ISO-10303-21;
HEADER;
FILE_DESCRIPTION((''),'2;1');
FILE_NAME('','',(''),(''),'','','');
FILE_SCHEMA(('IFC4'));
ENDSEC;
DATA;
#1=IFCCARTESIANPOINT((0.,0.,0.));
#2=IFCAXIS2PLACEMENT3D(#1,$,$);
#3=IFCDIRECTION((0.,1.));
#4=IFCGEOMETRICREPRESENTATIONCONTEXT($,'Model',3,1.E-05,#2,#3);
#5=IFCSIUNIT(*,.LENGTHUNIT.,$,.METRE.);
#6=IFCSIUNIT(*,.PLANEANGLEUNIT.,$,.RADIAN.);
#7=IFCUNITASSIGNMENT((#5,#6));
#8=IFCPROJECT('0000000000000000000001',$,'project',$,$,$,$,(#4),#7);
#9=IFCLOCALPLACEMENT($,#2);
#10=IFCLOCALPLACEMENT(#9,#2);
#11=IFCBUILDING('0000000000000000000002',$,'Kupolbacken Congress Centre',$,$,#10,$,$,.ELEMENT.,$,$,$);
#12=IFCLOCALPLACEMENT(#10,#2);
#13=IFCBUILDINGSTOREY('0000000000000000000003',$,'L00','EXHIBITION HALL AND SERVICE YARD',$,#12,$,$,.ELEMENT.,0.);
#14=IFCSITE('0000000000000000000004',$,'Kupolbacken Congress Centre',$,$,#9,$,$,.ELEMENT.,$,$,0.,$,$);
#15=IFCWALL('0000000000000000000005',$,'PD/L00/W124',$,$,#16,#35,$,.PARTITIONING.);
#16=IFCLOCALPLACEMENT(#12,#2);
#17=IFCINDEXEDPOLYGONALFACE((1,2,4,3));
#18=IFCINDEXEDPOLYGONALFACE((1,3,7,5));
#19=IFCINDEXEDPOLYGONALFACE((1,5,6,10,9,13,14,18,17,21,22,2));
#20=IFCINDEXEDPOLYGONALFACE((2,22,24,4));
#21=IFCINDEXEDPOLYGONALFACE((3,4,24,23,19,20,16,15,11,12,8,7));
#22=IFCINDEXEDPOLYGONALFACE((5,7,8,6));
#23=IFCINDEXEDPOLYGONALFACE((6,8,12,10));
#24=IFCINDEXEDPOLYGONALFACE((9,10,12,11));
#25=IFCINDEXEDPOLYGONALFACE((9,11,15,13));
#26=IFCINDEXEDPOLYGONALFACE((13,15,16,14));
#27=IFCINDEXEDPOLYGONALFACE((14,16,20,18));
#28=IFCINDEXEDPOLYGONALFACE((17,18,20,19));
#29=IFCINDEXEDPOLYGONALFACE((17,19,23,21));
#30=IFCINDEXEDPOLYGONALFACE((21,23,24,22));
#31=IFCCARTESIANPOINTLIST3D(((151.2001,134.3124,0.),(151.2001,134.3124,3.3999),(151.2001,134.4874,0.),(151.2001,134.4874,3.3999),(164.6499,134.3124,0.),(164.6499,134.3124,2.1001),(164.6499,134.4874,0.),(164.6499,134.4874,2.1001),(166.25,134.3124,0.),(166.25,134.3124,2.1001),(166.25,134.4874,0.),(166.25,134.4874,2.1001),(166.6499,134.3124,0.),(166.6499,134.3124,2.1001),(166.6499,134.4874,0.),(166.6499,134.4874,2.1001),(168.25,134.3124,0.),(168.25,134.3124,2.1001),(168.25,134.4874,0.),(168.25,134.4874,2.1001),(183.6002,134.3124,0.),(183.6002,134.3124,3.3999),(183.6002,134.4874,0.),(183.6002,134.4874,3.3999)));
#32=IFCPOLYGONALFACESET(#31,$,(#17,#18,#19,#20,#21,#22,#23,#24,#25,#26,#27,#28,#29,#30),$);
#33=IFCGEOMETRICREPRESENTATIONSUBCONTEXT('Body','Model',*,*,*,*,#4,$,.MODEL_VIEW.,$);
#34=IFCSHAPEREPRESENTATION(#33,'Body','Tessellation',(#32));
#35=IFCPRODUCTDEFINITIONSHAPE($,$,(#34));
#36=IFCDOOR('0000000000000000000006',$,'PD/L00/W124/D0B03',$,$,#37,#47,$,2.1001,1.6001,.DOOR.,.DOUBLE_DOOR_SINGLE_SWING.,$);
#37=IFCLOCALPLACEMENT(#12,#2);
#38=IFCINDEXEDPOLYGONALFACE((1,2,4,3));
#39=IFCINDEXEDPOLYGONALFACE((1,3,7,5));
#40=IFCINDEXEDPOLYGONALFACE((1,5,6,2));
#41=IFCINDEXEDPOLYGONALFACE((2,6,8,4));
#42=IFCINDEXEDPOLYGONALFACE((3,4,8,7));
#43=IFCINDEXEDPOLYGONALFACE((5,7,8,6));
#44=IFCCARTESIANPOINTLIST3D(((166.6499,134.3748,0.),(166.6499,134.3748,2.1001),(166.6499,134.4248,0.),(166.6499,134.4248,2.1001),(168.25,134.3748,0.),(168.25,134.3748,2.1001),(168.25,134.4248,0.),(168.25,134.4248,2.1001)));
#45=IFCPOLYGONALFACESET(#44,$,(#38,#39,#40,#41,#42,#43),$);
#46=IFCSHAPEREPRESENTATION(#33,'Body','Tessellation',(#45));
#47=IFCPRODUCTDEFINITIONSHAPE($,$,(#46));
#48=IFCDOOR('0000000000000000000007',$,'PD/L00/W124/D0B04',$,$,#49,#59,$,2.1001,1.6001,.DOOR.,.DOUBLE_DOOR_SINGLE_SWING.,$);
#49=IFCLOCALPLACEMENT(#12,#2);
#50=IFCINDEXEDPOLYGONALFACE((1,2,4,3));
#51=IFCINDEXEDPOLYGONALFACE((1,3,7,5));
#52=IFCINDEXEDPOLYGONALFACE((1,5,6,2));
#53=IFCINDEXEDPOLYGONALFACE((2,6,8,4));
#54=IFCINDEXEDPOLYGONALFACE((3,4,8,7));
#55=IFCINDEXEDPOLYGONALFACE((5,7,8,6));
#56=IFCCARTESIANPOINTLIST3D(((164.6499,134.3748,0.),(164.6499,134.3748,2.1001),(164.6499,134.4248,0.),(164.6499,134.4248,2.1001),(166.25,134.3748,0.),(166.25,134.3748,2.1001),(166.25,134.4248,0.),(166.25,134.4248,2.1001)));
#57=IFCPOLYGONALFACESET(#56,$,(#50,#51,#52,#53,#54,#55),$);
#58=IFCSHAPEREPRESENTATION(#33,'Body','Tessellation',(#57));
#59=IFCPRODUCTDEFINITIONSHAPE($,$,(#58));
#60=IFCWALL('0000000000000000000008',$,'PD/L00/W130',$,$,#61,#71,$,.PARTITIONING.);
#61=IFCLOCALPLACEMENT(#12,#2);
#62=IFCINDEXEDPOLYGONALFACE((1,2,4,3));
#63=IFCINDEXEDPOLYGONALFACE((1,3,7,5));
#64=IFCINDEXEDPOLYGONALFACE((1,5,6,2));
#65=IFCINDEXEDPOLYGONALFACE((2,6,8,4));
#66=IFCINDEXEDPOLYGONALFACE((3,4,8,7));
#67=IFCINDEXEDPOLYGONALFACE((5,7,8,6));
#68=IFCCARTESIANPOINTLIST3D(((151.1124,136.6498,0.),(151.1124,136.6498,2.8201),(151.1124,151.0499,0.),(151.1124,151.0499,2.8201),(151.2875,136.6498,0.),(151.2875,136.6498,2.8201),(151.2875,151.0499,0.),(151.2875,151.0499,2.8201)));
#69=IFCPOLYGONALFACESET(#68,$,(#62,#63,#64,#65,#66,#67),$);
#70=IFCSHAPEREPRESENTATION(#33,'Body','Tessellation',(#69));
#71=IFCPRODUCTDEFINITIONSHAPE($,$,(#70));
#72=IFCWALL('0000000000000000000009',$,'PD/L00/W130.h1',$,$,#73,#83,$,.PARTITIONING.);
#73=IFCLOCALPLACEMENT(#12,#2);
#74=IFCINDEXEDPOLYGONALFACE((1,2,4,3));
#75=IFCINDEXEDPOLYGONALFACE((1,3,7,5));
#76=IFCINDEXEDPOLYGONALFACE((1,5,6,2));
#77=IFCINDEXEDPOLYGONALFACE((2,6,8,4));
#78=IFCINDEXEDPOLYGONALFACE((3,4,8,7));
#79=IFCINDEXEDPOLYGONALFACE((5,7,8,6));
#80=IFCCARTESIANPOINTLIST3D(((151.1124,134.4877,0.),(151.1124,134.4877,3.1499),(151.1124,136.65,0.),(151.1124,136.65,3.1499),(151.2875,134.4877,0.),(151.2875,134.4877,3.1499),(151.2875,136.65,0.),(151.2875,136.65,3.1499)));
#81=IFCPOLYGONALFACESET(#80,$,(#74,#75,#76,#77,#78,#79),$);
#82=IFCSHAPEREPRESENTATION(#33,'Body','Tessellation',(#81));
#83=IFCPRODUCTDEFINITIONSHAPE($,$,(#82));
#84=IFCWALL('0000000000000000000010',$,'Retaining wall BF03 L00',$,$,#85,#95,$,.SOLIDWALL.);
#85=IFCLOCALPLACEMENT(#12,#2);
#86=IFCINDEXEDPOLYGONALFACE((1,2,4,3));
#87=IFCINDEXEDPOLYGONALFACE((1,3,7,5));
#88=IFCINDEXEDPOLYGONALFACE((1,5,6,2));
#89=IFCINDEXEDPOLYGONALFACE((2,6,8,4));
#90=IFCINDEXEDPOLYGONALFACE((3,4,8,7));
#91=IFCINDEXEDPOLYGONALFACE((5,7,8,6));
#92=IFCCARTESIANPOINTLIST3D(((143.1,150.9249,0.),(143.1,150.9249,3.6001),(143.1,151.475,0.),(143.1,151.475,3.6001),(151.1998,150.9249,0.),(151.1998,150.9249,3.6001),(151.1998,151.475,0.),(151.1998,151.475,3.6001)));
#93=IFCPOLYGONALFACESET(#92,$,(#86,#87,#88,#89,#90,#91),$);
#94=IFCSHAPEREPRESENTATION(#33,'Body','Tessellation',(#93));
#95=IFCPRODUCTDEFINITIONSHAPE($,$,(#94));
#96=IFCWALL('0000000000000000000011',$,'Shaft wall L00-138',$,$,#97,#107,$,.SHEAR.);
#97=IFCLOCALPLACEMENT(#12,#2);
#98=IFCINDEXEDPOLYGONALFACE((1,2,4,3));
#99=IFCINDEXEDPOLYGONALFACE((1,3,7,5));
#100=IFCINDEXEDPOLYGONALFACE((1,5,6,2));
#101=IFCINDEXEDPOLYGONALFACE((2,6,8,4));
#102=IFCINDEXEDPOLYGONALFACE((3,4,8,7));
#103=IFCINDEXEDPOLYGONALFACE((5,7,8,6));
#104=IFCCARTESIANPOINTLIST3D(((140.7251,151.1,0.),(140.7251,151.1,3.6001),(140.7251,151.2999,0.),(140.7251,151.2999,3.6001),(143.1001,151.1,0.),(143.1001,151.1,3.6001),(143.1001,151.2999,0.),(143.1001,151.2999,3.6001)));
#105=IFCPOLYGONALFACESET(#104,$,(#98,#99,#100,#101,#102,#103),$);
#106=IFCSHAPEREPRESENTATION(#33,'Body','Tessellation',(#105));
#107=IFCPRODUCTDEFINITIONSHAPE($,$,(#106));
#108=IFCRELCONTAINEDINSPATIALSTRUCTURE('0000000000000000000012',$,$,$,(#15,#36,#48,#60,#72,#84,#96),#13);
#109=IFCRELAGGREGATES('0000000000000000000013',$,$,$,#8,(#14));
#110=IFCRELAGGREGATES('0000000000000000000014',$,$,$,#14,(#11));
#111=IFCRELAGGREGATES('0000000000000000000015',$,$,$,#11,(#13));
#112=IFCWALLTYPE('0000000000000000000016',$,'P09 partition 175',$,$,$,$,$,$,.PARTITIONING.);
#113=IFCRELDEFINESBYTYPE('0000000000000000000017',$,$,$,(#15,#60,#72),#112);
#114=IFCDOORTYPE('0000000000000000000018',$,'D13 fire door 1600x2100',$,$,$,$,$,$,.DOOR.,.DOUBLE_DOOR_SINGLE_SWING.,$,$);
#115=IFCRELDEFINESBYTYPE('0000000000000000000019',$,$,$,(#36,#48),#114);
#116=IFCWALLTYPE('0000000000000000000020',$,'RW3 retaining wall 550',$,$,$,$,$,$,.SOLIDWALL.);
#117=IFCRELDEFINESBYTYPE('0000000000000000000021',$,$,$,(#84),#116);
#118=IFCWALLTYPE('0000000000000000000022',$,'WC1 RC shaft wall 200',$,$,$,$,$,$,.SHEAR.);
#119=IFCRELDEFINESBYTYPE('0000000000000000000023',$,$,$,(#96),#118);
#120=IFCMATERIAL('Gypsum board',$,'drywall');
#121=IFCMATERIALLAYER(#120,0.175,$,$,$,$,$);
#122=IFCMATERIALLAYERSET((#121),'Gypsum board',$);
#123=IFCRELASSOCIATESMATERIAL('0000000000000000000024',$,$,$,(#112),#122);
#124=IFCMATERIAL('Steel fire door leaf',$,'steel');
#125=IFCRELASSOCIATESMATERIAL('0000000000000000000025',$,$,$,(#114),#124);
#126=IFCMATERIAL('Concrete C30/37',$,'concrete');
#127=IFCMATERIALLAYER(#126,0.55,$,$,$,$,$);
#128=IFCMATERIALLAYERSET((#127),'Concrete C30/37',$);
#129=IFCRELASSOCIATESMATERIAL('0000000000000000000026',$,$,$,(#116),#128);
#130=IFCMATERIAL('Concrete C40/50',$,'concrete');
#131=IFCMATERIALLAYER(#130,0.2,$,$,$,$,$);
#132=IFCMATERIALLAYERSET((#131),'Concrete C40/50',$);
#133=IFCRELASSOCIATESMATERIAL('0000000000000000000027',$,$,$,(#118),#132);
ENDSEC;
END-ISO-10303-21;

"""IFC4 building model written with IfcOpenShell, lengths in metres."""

from ifc_helpers import new_model, si_unit, direction, frame, frame_2d, origin, place, context, subcontext, project, spatial, rectangle, extrude, material, layer, layer_set, type_object, element, fill, save


model = new_model("IFC4")

# Units and contexts
model_context = context("Model", 3, precision=1e-05, world=origin(), true_north=direction((0.0, 1.0)))
body_context = subcontext(model_context, "Body", "Model", "MODEL_VIEW")
ifc_project = project(units=[si_unit("LENGTHUNIT", "METRE"), si_unit("PLANEANGLEUNIT", "RADIAN")], contexts=[model_context])

# Site, building, storey
site_placement = place(None, origin())
site = spatial("IfcSite", under=ifc_project, at=site_placement, Name="Kupolbacken Congress Centre", CompositionType="ELEMENT", RefElevation=0.0)
building_placement = place(site_placement, origin())
building = spatial("IfcBuilding", under=site, at=building_placement, Name="Kupolbacken Congress Centre", CompositionType="ELEMENT")
storey_placement = place(building_placement, origin())
storey = spatial("IfcBuildingStorey", under=building, at=storey_placement, Name="L00", Description="EXHIBITION HALL AND SERVICE YARD", CompositionType="ELEMENT", Elevation=0.0)

# Wall, openings, doors
ifc_material_1 = material(Name="Gypsum board", Category="drywall")
ifc_layer_1 = layer(ifc_material_1, 0.175)
ifc_layer_set_1 = layer_set([ifc_layer_1], Name="Gypsum board")
wall_type_1 = type_object("IfcWallType", Name="P09 partition 175", PredefinedType="PARTITIONING", material=ifc_layer_set_1)
wall_1_placement = place(storey_placement, frame((151.2, 134.3999, 0.0), z_axis=(0.0, 0.0, 1.0), x_axis=(1.0, 0.0, 0.0)))
wall_1 = element("IfcWall", 1, at=wall_1_placement, inside=storey, type_object=wall_type_1, Name="PD/L00/W124", PredefinedType="PARTITIONING", context=body_context, shape_type="SweptSolid", body=[
    extrude(rectangle(XDim=32.4001, YDim=0.175, at=frame_2d((16.2002, 0.0))), origin(), (0.0, 0.0, 1.0), 3.3999),
])
opening_1_placement = place(wall_1_placement, frame((15.45, 0.0, 0.0)))
opening_1 = element("IfcOpeningElement", 2, at=opening_1_placement, cuts=wall_1, PredefinedType="OPENING", context=body_context, shape_type="SweptSolid", body=[
    extrude(rectangle(XDim=1.6001, YDim=2.1001, at=frame_2d((0.8, 1.05))), frame((0.0, 0.0974, 0.0), z_axis=(0.0, -1.0, 0.0), x_axis=(1.0, 0.0, 0.0)), (0.0, 0.0, 1.0), 0.1951),
])
opening_2_placement = place(wall_1_placement, frame((13.45, 0.0, 0.0)))
opening_2 = element("IfcOpeningElement", 3, at=opening_2_placement, cuts=wall_1, PredefinedType="OPENING", context=body_context, shape_type="SweptSolid", body=[
    extrude(rectangle(XDim=1.6001, YDim=2.1001, at=frame_2d((0.8, 1.05))), frame((0.0, 0.0974, 0.0), z_axis=(0.0, -1.0, 0.0), x_axis=(1.0, 0.0, 0.0)), (0.0, 0.0, 1.0), 0.1951),
])
ifc_material_2 = material(Name="Steel fire door leaf", Category="steel")
door_type = type_object("IfcDoorType", Name="D13 fire door 1600x2100", OperationType="DOUBLE_DOOR_SINGLE_SWING", PredefinedType="DOOR", material=ifc_material_2)
door_1_placement = place(opening_1_placement, origin())
door_1 = element("IfcDoor", 4, at=door_1_placement, inside=storey, type_object=door_type, Name="PD/L00/W124/D0B03", OperationType="DOUBLE_DOOR_SINGLE_SWING", OverallHeight=2.1001, OverallWidth=1.6001, PredefinedType="DOOR", context=body_context, shape_type="SweptSolid", body=[
    extrude(rectangle(XDim=1.6001, YDim=2.1001, at=frame_2d((0.8, 1.05))), frame((0.0, 0.0249, 0.0), z_axis=(0.0, -1.0, 0.0), x_axis=(1.0, 0.0, 0.0)), (0.0, 0.0, 1.0), 0.05),
])
fill(opening_1, door_1)
door_2_placement = place(opening_2_placement, origin())
door_2 = element("IfcDoor", 5, at=door_2_placement, inside=storey, type_object=door_type, Name="PD/L00/W124/D0B04", OperationType="DOUBLE_DOOR_SINGLE_SWING", OverallHeight=2.1001, OverallWidth=1.6001, PredefinedType="DOOR", context=body_context, shape_type="SweptSolid", body=[
    extrude(rectangle(XDim=1.6001, YDim=2.1001, at=frame_2d((0.8, 1.05))), frame((0.0, 0.0249, 0.0), z_axis=(0.0, -1.0, 0.0), x_axis=(1.0, 0.0, 0.0)), (0.0, 0.0, 1.0), 0.05),
])
fill(opening_2, door_2)

# Walls
wall_2_placement = place(storey_placement, frame((151.2, 151.05, 0.0), z_axis=(0.0, 0.0, 1.0), x_axis=(0.0, -1.0, 0.0)))
element("IfcWall", 6, at=wall_2_placement, inside=storey, type_object=wall_type_1, Name="PD/L00/W130", PredefinedType="PARTITIONING", context=body_context, shape_type="SweptSolid", body=[
    extrude(rectangle(XDim=14.4001, YDim=0.175, at=frame_2d((7.2002, 0.0))), origin(), (0.0, 0.0, 1.0), 2.8201),
])
wall_3_placement = place(storey_placement, frame((151.2, 136.6499, 0.0), z_axis=(0.0, 0.0, 1.0), x_axis=(0.0, -1.0, 0.0)))
element("IfcWall", 7, at=wall_3_placement, inside=storey, type_object=wall_type_1, Name="PD/L00/W130.h1", PredefinedType="PARTITIONING", context=body_context, shape_type="SweptSolid", body=[
    extrude(rectangle(XDim=2.1624, YDim=0.175, at=frame_2d((1.0811, 0.0))), origin(), (0.0, 0.0, 1.0), 3.1499),
])
ifc_material_3 = material(Name="Concrete C30/37", Category="concrete")
ifc_layer_2 = layer(ifc_material_3, 0.55)
ifc_layer_set_2 = layer_set([ifc_layer_2], Name="Concrete C30/37")
wall_type_2 = type_object("IfcWallType", Name="RW3 retaining wall 550", PredefinedType="SOLIDWALL", material=ifc_layer_set_2)
wall_4_placement = place(storey_placement, frame((143.1001, 151.2, 0.0), z_axis=(0.0, 0.0, 1.0), x_axis=(1.0, 0.0, 0.0)))
element("IfcWall", 8, at=wall_4_placement, inside=storey, type_object=wall_type_2, Name="Retaining wall BF03 L00", PredefinedType="SOLIDWALL", context=body_context, shape_type="SweptSolid", body=[
    extrude(rectangle(XDim=8.0999, YDim=0.55, at=frame_2d((4.0498, 0.0))), origin(), (0.0, 0.0, 1.0), 3.6001),
])
ifc_material_4 = material(Name="Concrete C40/50", Category="concrete")
ifc_layer_3 = layer(ifc_material_4, 0.2)
ifc_layer_set_3 = layer_set([ifc_layer_3], Name="Concrete C40/50")
wall_type_3 = type_object("IfcWallType", Name="WC1 RC shaft wall 200", PredefinedType="SHEAR", material=ifc_layer_set_3)
wall_5_placement = place(storey_placement, frame((143.1001, 151.2, 0.0), z_axis=(0.0, 0.0, 1.0), x_axis=(-1.0, 0.0, 0.0)))
element("IfcWall", 9, at=wall_5_placement, inside=storey, type_object=wall_type_3, Name="Shaft wall L00-138", PredefinedType="SHEAR", context=body_context, shape_type="SweptSolid", body=[
    extrude(rectangle(XDim=2.375, YDim=0.2, at=frame_2d((1.1875, 0.0))), origin(), (0.0, 0.0, 1.0), 3.6001),
])

save(model, "model.ifc")
